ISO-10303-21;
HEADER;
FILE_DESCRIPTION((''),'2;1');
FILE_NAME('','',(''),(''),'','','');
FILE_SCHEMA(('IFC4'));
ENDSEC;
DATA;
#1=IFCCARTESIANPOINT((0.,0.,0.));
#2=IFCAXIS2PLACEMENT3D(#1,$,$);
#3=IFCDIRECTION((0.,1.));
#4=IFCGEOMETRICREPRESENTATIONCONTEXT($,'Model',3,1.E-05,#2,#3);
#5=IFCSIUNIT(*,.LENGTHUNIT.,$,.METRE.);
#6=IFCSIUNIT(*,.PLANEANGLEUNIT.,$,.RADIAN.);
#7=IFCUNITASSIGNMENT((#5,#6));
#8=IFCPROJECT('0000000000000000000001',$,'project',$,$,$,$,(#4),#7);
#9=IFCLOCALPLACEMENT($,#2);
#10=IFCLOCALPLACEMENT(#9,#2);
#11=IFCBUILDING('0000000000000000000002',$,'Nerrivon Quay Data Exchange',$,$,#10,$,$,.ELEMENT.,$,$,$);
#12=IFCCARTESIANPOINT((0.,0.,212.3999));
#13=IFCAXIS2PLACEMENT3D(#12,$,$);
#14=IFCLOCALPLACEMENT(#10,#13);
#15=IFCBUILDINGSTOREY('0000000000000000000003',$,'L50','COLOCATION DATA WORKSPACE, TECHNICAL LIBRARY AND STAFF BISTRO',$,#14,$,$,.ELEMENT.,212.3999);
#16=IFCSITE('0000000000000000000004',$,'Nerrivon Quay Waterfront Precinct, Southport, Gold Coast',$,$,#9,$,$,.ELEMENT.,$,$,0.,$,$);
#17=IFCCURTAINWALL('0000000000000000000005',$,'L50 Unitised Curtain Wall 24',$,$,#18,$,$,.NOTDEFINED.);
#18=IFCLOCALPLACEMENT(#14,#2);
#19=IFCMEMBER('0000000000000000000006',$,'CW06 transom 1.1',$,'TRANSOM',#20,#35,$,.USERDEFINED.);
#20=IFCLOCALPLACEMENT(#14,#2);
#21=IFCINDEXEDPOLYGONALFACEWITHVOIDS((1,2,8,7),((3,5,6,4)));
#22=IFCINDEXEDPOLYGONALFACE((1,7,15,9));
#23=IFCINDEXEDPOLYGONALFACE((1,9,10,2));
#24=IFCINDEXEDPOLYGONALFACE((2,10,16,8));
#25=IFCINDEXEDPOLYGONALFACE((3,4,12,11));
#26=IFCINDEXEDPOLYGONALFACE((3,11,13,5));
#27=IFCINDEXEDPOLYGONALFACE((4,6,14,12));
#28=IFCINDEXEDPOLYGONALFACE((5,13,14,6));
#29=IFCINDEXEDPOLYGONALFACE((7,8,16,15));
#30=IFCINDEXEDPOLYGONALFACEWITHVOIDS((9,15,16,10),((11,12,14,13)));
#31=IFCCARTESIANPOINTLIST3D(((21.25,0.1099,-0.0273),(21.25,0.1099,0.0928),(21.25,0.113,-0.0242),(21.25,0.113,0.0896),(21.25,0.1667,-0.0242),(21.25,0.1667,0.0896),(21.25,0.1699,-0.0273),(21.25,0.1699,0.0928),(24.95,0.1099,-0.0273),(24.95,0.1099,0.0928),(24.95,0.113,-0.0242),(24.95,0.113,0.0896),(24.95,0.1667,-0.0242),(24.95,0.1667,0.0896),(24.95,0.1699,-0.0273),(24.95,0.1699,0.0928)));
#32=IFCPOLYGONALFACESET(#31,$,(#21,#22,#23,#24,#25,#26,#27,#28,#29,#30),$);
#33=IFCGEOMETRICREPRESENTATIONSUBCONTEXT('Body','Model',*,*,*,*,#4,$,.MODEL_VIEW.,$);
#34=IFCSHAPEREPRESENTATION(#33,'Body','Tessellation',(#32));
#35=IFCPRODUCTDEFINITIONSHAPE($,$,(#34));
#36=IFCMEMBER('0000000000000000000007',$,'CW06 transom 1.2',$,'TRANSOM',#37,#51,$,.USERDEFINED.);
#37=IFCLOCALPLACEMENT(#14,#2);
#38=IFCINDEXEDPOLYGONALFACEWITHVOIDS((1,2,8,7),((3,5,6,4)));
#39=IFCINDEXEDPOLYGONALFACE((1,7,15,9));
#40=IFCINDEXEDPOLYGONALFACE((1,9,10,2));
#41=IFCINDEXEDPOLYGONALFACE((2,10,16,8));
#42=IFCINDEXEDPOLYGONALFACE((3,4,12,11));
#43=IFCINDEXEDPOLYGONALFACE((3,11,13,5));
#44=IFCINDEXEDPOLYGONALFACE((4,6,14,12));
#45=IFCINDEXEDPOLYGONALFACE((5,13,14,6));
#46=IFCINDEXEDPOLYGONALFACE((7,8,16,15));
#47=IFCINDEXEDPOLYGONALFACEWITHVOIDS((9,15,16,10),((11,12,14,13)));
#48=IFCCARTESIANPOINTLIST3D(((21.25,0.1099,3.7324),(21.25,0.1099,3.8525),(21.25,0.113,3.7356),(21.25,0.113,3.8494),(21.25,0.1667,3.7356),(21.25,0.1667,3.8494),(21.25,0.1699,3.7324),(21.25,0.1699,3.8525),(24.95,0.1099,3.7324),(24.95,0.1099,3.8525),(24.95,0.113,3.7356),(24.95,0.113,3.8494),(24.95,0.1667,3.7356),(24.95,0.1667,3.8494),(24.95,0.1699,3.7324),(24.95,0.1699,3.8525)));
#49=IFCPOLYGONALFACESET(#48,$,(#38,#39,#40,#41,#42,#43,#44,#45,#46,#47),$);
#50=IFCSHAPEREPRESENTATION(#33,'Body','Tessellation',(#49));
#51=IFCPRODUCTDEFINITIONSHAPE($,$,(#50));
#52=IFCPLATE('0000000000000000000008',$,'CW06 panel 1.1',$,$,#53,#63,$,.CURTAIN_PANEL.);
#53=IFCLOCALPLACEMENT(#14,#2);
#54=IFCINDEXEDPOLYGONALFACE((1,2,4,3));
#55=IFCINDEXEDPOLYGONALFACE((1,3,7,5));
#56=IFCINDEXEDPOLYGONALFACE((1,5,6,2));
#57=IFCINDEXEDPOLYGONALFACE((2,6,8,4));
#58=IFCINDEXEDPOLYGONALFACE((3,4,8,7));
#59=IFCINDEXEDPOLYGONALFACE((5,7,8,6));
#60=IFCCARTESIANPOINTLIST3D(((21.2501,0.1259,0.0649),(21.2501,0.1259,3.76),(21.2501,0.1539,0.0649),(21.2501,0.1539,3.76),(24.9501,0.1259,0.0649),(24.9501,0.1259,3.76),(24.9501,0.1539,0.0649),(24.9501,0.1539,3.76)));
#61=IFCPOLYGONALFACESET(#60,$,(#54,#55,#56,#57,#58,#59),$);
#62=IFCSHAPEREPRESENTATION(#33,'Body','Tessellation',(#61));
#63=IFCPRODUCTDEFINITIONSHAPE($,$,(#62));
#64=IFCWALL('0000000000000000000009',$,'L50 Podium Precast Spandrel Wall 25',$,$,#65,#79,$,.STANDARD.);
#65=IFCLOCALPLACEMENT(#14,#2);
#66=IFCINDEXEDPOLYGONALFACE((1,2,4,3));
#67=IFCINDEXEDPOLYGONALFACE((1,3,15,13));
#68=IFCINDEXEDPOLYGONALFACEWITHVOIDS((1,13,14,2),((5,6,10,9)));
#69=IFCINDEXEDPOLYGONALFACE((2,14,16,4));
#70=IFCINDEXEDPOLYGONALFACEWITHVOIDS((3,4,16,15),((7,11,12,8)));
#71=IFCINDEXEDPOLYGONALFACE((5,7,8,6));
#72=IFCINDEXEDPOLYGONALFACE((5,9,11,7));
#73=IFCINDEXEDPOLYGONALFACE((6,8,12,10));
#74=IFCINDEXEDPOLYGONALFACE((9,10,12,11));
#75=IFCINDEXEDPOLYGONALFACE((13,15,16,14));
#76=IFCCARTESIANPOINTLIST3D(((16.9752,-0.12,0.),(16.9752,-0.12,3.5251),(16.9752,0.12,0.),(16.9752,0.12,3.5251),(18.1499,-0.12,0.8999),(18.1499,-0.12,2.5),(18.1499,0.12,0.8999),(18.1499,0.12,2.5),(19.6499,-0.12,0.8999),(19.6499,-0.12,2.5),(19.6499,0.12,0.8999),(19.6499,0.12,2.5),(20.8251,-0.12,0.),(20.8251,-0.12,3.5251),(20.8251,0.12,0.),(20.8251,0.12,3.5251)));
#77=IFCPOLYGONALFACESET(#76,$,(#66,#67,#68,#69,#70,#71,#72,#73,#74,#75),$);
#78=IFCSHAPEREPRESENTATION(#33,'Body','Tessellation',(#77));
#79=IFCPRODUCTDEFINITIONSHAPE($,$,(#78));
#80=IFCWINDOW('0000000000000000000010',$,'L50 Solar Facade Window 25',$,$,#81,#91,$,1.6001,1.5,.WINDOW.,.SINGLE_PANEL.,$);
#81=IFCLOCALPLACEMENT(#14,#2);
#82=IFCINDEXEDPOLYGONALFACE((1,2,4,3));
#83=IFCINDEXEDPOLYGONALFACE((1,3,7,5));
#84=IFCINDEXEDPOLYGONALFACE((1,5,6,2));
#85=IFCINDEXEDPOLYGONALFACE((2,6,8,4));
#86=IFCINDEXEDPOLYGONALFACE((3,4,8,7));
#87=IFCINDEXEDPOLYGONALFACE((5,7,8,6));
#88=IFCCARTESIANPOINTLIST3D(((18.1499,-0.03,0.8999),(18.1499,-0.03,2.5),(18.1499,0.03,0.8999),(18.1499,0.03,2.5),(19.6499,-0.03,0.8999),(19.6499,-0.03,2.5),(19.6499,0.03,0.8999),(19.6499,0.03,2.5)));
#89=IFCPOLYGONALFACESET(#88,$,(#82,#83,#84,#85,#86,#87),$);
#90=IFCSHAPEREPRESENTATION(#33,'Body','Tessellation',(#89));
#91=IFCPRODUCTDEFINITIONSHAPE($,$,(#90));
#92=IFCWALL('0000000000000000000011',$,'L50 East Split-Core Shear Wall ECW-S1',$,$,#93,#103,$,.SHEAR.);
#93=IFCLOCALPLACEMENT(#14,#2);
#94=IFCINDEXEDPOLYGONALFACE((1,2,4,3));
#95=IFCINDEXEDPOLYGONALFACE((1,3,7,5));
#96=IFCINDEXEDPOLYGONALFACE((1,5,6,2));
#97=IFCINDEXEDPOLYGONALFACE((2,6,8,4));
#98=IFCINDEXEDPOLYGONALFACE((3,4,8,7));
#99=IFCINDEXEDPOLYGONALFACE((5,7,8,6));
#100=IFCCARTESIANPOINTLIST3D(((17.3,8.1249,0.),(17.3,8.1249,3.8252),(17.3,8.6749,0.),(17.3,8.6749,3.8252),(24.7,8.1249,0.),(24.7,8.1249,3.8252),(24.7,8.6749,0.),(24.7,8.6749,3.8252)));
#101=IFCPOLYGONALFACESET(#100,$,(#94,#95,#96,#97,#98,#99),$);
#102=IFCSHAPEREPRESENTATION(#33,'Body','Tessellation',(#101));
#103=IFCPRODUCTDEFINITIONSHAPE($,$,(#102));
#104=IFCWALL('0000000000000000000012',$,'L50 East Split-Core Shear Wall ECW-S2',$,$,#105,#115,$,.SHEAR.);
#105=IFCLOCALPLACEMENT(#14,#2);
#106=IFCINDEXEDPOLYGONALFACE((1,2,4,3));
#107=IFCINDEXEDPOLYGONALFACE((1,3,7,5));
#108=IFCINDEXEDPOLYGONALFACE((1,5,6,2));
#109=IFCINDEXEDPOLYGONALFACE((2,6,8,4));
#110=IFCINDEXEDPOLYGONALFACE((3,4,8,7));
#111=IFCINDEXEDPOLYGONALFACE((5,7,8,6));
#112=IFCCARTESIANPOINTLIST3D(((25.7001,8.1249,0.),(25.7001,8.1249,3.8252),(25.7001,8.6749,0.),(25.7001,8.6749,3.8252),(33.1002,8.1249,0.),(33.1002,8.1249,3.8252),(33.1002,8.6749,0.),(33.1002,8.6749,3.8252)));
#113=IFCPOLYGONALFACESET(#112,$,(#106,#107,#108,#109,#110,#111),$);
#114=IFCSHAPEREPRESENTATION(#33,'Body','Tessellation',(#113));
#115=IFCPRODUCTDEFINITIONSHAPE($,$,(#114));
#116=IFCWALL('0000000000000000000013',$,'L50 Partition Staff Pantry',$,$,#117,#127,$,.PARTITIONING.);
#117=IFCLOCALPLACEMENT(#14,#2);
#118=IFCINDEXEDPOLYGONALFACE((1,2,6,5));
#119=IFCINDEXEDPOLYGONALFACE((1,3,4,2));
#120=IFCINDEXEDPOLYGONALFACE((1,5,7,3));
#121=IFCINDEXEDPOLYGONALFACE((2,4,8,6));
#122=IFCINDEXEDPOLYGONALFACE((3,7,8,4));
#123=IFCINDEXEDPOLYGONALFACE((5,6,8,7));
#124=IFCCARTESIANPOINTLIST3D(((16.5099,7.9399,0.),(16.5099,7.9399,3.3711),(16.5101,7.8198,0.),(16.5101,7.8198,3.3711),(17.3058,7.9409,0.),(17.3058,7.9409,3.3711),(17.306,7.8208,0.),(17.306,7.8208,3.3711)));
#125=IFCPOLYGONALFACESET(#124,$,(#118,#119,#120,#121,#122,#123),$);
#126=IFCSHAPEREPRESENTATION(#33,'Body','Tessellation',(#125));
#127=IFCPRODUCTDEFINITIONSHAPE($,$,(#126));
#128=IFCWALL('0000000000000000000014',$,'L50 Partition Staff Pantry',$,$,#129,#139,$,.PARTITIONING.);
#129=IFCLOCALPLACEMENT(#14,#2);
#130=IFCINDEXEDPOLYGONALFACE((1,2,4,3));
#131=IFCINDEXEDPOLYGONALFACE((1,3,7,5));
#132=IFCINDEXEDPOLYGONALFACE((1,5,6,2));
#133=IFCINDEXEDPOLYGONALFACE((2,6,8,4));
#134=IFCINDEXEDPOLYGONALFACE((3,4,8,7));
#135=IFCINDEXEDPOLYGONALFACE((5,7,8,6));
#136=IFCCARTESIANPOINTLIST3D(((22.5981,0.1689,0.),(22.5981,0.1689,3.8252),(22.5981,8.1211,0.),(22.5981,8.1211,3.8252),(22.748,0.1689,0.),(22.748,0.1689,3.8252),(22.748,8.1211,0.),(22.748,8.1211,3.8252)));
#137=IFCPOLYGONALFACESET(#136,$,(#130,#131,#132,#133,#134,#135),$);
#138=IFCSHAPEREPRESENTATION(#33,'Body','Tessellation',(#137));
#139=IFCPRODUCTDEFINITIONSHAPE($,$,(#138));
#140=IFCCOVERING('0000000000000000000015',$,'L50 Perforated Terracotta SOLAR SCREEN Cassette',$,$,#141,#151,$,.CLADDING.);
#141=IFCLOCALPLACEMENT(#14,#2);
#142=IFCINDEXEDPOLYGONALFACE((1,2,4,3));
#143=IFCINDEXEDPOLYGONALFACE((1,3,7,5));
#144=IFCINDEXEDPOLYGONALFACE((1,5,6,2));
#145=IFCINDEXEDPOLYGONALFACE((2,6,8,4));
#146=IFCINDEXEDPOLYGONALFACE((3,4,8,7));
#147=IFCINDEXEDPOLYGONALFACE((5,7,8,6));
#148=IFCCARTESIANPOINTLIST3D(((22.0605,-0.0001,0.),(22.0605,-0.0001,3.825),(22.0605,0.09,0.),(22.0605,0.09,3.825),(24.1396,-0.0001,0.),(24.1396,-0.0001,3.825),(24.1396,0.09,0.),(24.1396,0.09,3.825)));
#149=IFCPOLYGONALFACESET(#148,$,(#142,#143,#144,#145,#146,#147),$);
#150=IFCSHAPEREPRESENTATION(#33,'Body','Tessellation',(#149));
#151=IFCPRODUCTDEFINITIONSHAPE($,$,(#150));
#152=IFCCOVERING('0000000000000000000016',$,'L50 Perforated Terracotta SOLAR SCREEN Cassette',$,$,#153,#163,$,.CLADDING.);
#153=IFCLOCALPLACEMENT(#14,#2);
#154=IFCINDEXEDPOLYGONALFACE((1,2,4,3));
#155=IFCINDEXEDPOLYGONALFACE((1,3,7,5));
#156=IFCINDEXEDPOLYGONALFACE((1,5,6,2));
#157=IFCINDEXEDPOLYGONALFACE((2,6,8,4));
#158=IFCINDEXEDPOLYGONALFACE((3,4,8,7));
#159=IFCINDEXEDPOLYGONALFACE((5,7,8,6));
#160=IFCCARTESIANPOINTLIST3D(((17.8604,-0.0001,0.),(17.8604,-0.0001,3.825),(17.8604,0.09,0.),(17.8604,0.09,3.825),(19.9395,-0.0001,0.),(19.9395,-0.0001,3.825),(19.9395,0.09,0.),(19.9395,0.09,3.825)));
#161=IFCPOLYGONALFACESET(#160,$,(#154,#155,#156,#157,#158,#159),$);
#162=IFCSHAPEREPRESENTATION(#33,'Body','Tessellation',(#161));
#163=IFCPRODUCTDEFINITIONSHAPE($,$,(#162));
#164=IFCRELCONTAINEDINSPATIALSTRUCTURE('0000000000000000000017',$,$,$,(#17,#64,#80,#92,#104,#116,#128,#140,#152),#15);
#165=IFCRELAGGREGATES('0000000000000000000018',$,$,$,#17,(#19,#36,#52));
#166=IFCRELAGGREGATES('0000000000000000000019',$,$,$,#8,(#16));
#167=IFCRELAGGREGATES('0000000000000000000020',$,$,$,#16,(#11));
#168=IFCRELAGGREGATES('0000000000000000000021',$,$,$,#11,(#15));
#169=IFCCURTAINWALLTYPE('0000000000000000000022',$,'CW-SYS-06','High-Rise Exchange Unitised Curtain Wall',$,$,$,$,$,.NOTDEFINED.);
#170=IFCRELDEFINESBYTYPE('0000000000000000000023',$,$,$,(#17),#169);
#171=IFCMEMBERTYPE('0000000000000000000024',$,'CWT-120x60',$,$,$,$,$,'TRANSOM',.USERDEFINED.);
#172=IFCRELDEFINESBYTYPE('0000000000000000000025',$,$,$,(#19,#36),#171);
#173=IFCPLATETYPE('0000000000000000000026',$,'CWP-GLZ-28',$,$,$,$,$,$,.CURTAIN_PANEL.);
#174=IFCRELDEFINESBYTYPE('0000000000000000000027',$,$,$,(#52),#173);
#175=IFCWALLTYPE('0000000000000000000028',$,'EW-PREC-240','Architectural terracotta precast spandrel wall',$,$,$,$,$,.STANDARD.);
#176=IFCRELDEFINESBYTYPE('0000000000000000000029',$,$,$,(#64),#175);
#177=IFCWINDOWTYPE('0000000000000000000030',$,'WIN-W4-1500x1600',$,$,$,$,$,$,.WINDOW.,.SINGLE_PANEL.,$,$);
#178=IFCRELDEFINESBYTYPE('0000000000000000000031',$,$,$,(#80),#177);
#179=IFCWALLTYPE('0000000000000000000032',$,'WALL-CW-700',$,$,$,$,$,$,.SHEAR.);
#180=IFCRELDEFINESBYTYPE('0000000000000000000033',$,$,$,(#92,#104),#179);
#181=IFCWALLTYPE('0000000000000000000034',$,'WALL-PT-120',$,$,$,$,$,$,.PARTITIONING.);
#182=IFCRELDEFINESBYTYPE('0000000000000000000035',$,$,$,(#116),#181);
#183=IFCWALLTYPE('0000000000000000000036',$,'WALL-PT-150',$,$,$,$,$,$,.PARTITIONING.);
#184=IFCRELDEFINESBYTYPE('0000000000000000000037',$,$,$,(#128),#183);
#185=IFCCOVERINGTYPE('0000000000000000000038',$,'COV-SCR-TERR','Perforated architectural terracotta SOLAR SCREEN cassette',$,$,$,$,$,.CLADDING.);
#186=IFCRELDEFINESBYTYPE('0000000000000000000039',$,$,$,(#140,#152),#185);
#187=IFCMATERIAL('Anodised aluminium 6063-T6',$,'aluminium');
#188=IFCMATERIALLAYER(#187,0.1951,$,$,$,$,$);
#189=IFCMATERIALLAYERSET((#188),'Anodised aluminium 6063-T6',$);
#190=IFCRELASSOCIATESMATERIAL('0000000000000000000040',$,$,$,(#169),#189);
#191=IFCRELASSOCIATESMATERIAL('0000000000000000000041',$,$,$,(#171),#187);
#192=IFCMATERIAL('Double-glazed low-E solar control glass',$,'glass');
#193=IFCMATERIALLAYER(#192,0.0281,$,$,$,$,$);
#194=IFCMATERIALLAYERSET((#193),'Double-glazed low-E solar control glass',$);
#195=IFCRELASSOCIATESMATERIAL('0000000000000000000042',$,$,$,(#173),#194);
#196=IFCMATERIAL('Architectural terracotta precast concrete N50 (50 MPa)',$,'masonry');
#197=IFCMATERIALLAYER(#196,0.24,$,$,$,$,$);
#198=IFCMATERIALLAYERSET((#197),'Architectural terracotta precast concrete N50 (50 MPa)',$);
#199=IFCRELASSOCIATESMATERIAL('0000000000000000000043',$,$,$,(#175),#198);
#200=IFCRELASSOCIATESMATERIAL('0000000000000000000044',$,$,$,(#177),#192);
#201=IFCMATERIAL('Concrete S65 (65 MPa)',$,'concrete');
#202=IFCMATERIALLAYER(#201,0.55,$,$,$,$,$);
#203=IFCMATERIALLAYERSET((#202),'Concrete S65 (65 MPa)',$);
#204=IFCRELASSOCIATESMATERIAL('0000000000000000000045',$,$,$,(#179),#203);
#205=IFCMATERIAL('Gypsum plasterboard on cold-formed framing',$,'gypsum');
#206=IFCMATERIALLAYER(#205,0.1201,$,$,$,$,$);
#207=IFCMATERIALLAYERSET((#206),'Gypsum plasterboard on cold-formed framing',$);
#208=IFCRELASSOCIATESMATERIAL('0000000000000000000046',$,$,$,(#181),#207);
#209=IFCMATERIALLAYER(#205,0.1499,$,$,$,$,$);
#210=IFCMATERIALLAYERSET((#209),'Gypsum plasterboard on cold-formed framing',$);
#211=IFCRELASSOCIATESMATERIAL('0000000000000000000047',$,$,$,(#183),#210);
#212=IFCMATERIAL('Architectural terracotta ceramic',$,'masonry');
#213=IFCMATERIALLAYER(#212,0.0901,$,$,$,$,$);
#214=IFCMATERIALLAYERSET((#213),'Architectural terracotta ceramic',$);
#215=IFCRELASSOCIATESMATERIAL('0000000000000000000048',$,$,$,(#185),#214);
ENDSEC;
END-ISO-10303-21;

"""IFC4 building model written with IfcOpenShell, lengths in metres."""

from ifc_helpers import new_model, si_unit, direction, frame, frame_2d, origin, origin_2d, place, context, subcontext, project, spatial, rectangle, hollow_rectangle, extrude, material, layer, layer_set, material_profile, profile_set, type_object, element, fill, aggregate, save


model = new_model("IFC4")

# Units and contexts
model_context = context("Model", 3, precision=1e-05, world=origin(), true_north=direction((0.0, 1.0)))
body_context = subcontext(model_context, "Body", "Model", "MODEL_VIEW")
ifc_project = project(units=[si_unit("LENGTHUNIT", "METRE"), si_unit("PLANEANGLEUNIT", "RADIAN")], contexts=[model_context])

# Site, building, storey
site_placement = place(None, origin())
site = spatial("IfcSite", under=ifc_project, at=site_placement, Name="Nerrivon Quay Waterfront Precinct, Southport, Gold Coast", CompositionType="ELEMENT", RefElevation=0.0)
building_placement = place(site_placement, origin())
building = spatial("IfcBuilding", under=site, at=building_placement, Name="Nerrivon Quay Data Exchange", CompositionType="ELEMENT")
storey_placement = place(building_placement, frame((0.0, 0.0, 212.3999)))
storey = spatial("IfcBuildingStorey", under=building, at=storey_placement, Name="L50", Description="COLOCATION DATA WORKSPACE, TECHNICAL LIBRARY AND STAFF BISTRO", CompositionType="ELEMENT", Elevation=212.3999)

# Shared definitions
ifc_material_1 = material(Name="Concrete S65 (65 MPa)", Category="concrete")

# Curtain wall
ifc_material_2 = material(Name="Anodised aluminium 6063-T6", Category="aluminium")
ifc_layer_1 = layer(ifc_material_2, 0.1951)
ifc_layer_set_1 = layer_set([ifc_layer_1], Name="Anodised aluminium 6063-T6")
curtain_wall_type = type_object("IfcCurtainWallType", Name="CW-SYS-06", Description="High-Rise Exchange Unitised Curtain Wall", PredefinedType="NOTDEFINED", material=ifc_layer_set_1)
curtain_wall_1_placement = place(storey_placement, origin())
curtain_wall_1 = element("IfcCurtainWall", 1, at=curtain_wall_1_placement, inside=storey, type_object=curtain_wall_type, Name="L50 Unitised Curtain Wall 24", PredefinedType="NOTDEFINED")

# Members
ifc_material_profile_1 = material_profile(ifc_material_2, hollow_rectangle(XDim=0.0601, YDim=0.1201, WallThickness=0.0032, at=origin_2d()), Name="ALU-TRAN-120x60")
ifc_profile_set_1 = profile_set([ifc_material_profile_1], Name="Anodised aluminium 6063-T6")
member_type_1 = type_object("IfcMemberType", Name="CWT-120x60", ElementType="TRANSOM", PredefinedType="USERDEFINED", material=ifc_profile_set_1)
member_1_placement = place(storey_placement, frame((24.95, 0.1399, 0.0327), z_axis=(-1.0, 0.0, 0.0), x_axis=(0.0, -1.0, 0.0)))
member_1 = element("IfcMember", 2, at=member_1_placement, type_object=member_type_1, Name="CW06 transom 1.1", ObjectType="TRANSOM", PredefinedType="USERDEFINED", context=body_context, shape_type="SweptSolid", body=[
    extrude(hollow_rectangle(XDim=0.0601, YDim=0.1201, WallThickness=0.0032, at=origin_2d()), origin(), (0.0, 0.0, 1.0), 3.7),
])
member_2_placement = place(storey_placement, frame((24.95, 0.1399, 3.7925), z_axis=(-1.0, 0.0, 0.0), x_axis=(0.0, -1.0, 0.0)))
member_2 = element("IfcMember", 3, at=member_2_placement, type_object=member_type_1, Name="CW06 transom 1.2", ObjectType="TRANSOM", PredefinedType="USERDEFINED", context=body_context, shape_type="SweptSolid", body=[
    extrude(hollow_rectangle(XDim=0.0601, YDim=0.1201, WallThickness=0.0032, at=origin_2d()), origin(), (0.0, 0.0, 1.0), 3.7),
])

# Plate
ifc_material_3 = material(Name="Double-glazed low-E solar control glass", Category="glass")
ifc_layer_2 = layer(ifc_material_3, 0.0281)
ifc_layer_set_2 = layer_set([ifc_layer_2], Name="Double-glazed low-E solar control glass")
plate_type = type_object("IfcPlateType", Name="CWP-GLZ-28", PredefinedType="CURTAIN_PANEL", material=ifc_layer_set_2)
plate_placement = place(storey_placement, frame((23.1001, 0.1399, 0.0649), z_axis=(0.0, 0.0, 1.0), x_axis=(-1.0, 0.0, 0.0)))
plate = element("IfcPlate", 4, at=plate_placement, type_object=plate_type, Name="CW06 panel 1.1", PredefinedType="CURTAIN_PANEL", context=body_context, shape_type="SweptSolid", body=[
    extrude(rectangle(XDim=3.7, YDim=0.0281, at=origin_2d()), origin(), (0.0, 0.0, 1.0), 3.6951),
])
aggregate(curtain_wall_1, [member_1, member_2, plate])

# Wall, opening, window
ifc_material_4 = material(Name="Architectural terracotta precast concrete N50 (50 MPa)", Category="masonry")
ifc_layer_3 = layer(ifc_material_4, 0.24)
ifc_layer_set_3 = layer_set([ifc_layer_3], Name="Architectural terracotta precast concrete N50 (50 MPa)")
wall_type_1 = type_object("IfcWallType", Name="EW-PREC-240", Description="Architectural terracotta precast spandrel wall", PredefinedType="STANDARD", material=ifc_layer_set_3)
wall_1_placement = place(storey_placement, frame((20.825, 0.0, 0.0), z_axis=(0.0, 0.0, 1.0), x_axis=(-1.0, 0.0, 0.0)))
wall_1 = element("IfcWall", 5, at=wall_1_placement, inside=storey, type_object=wall_type_1, Name="L50 Podium Precast Spandrel Wall 25", PredefinedType="STANDARD", context=body_context, shape_type="SweptSolid", body=[
    extrude(rectangle(XDim=3.8499, YDim=0.24, at=frame_2d((1.9248, 0.0))), origin(), (0.0, 0.0, 1.0), 3.5251),
])
opening_placement = place(wall_1_placement, frame((1.175, 0.0, 0.8999)))
opening = element("IfcOpeningElement", 6, at=opening_placement, cuts=wall_1, PredefinedType="OPENING", context=body_context, shape_type="SweptSolid", body=[
    extrude(rectangle(XDim=1.5, YDim=1.6001, at=frame_2d((0.75, 0.8))), frame((0.0, 0.1299, 0.0), z_axis=(0.0, -1.0, 0.0), x_axis=(1.0, 0.0, 0.0)), (0.0, 0.0, 1.0), 0.26),
])
window_type = type_object("IfcWindowType", Name="WIN-W4-1500x1600", PartitioningType="SINGLE_PANEL", PredefinedType="WINDOW", material=ifc_material_3)
window_placement = place(opening_placement, origin())
window = element("IfcWindow", 7, at=window_placement, inside=storey, type_object=window_type, Name="L50 Solar Facade Window 25", OverallHeight=1.6001, OverallWidth=1.5, PartitioningType="SINGLE_PANEL", PredefinedType="WINDOW", context=body_context, shape_type="SweptSolid", body=[
    extrude(rectangle(XDim=1.5, YDim=1.6001, at=frame_2d((0.75, 0.8))), frame((0.0, 0.03, 0.0), z_axis=(0.0, -1.0, 0.0), x_axis=(1.0, 0.0, 0.0)), (0.0, 0.0, 1.0), 0.0601),
])
fill(opening, window)

# Walls
ifc_layer_4 = layer(ifc_material_1, 0.55)
ifc_layer_set_4 = layer_set([ifc_layer_4], Name="Concrete S65 (65 MPa)")
wall_type_2 = type_object("IfcWallType", Name="WALL-CW-700", PredefinedType="SHEAR", material=ifc_layer_set_4)
wall_2_placement = place(storey_placement, frame((17.3, 8.3999, 0.0), z_axis=(0.0, 0.0, 1.0), x_axis=(1.0, 0.0, 0.0)))
element("IfcWall", 8, at=wall_2_placement, inside=storey, type_object=wall_type_2, Name="L50 East Split-Core Shear Wall ECW-S1", PredefinedType="SHEAR", context=body_context, shape_type="SweptSolid", body=[
    extrude(rectangle(XDim=7.3999, YDim=0.55, at=frame_2d((3.7, 0.0))), origin(), (0.0, 0.0, 1.0), 3.8252),
])
wall_3_placement = place(storey_placement, frame((25.7, 8.3999, 0.0), z_axis=(0.0, 0.0, 1.0), x_axis=(1.0, 0.0, 0.0)))
element("IfcWall", 9, at=wall_3_placement, inside=storey, type_object=wall_type_2, Name="L50 East Split-Core Shear Wall ECW-S2", PredefinedType="SHEAR", context=body_context, shape_type="SweptSolid", body=[
    extrude(rectangle(XDim=7.4001, YDim=0.55, at=frame_2d((3.7002, 0.0))), origin(), (0.0, 0.0, 1.0), 3.8252),
])
ifc_material_5 = material(Name="Gypsum plasterboard on cold-formed framing", Category="gypsum")
ifc_layer_5 = layer(ifc_material_5, 0.1201)
ifc_layer_set_5 = layer_set([ifc_layer_5], Name="Gypsum plasterboard on cold-formed framing")
wall_type_3 = type_object("IfcWallType", Name="WALL-PT-120", PredefinedType="PARTITIONING", material=ifc_layer_set_5)
wall_4_placement = place(storey_placement, frame((17.3059, 7.8809, 0.0), z_axis=(0.0, 0.0, 1.0), x_axis=(-0.999999, -0.001227, 0.0)))
element("IfcWall", 10, at=wall_4_placement, inside=storey, type_object=wall_type_3, Name="L50 Partition Staff Pantry", PredefinedType="PARTITIONING", context=body_context, shape_type="SweptSolid", body=[
    extrude(rectangle(XDim=0.7959, YDim=0.1201, at=frame_2d((0.3979, 0.0))), origin(), (0.0, 0.0, 1.0), 3.3711),
])
ifc_layer_6 = layer(ifc_material_5, 0.1499)
ifc_layer_set_6 = layer_set([ifc_layer_6], Name="Gypsum plasterboard on cold-formed framing")
wall_type_4 = type_object("IfcWallType", Name="WALL-PT-150", PredefinedType="PARTITIONING", material=ifc_layer_set_6)
wall_5_placement = place(storey_placement, frame((22.6731, 0.1689, 0.0), z_axis=(0.0, 0.0, 1.0), x_axis=(0.0, 1.0, 0.0)))
element("IfcWall", 11, at=wall_5_placement, inside=storey, type_object=wall_type_4, Name="L50 Partition Staff Pantry", PredefinedType="PARTITIONING", context=body_context, shape_type="SweptSolid", body=[
    extrude(rectangle(XDim=7.9521, YDim=0.1499, at=frame_2d((3.9761, 0.0))), origin(), (0.0, 0.0, 1.0), 3.8252),
])

# Coverings
ifc_material_6 = material(Name="Architectural terracotta ceramic", Category="masonry")
ifc_layer_7 = layer(ifc_material_6, 0.0901)
ifc_layer_set_7 = layer_set([ifc_layer_7], Name="Architectural terracotta ceramic")
covering_type = type_object("IfcCoveringType", Name="COV-SCR-TERR", Description="Perforated architectural terracotta SOLAR SCREEN cassette", PredefinedType="CLADDING", material=ifc_layer_set_7)
for number, where, z_axis, x_axis, name in (
    (12, (23.1001, 0.0449, 0.0), (0.0, 0.0, 1.0), (-1.0, 0.0, 0.0), "L50 Perforated Terracotta SOLAR SCREEN Cassette"),
    (13, (18.8999, 0.0449, 0.0), (0.0, 0.0, 1.0), (-1.0, 0.0, 0.0), "L50 Perforated Terracotta SOLAR SCREEN Cassette"),
):
    element("IfcCovering", number, at=place(storey_placement, frame(where, z_axis=z_axis, x_axis=x_axis)), inside=storey, type_object=covering_type, Name=name, PredefinedType="CLADDING", context=body_context, shape_type="SweptSolid", body=[
        extrude(rectangle(XDim=2.0791, YDim=0.0901, at=origin_2d()), origin(), (0.0, 0.0, 1.0), 3.825),
    ])

save(model, "model.ifc")
